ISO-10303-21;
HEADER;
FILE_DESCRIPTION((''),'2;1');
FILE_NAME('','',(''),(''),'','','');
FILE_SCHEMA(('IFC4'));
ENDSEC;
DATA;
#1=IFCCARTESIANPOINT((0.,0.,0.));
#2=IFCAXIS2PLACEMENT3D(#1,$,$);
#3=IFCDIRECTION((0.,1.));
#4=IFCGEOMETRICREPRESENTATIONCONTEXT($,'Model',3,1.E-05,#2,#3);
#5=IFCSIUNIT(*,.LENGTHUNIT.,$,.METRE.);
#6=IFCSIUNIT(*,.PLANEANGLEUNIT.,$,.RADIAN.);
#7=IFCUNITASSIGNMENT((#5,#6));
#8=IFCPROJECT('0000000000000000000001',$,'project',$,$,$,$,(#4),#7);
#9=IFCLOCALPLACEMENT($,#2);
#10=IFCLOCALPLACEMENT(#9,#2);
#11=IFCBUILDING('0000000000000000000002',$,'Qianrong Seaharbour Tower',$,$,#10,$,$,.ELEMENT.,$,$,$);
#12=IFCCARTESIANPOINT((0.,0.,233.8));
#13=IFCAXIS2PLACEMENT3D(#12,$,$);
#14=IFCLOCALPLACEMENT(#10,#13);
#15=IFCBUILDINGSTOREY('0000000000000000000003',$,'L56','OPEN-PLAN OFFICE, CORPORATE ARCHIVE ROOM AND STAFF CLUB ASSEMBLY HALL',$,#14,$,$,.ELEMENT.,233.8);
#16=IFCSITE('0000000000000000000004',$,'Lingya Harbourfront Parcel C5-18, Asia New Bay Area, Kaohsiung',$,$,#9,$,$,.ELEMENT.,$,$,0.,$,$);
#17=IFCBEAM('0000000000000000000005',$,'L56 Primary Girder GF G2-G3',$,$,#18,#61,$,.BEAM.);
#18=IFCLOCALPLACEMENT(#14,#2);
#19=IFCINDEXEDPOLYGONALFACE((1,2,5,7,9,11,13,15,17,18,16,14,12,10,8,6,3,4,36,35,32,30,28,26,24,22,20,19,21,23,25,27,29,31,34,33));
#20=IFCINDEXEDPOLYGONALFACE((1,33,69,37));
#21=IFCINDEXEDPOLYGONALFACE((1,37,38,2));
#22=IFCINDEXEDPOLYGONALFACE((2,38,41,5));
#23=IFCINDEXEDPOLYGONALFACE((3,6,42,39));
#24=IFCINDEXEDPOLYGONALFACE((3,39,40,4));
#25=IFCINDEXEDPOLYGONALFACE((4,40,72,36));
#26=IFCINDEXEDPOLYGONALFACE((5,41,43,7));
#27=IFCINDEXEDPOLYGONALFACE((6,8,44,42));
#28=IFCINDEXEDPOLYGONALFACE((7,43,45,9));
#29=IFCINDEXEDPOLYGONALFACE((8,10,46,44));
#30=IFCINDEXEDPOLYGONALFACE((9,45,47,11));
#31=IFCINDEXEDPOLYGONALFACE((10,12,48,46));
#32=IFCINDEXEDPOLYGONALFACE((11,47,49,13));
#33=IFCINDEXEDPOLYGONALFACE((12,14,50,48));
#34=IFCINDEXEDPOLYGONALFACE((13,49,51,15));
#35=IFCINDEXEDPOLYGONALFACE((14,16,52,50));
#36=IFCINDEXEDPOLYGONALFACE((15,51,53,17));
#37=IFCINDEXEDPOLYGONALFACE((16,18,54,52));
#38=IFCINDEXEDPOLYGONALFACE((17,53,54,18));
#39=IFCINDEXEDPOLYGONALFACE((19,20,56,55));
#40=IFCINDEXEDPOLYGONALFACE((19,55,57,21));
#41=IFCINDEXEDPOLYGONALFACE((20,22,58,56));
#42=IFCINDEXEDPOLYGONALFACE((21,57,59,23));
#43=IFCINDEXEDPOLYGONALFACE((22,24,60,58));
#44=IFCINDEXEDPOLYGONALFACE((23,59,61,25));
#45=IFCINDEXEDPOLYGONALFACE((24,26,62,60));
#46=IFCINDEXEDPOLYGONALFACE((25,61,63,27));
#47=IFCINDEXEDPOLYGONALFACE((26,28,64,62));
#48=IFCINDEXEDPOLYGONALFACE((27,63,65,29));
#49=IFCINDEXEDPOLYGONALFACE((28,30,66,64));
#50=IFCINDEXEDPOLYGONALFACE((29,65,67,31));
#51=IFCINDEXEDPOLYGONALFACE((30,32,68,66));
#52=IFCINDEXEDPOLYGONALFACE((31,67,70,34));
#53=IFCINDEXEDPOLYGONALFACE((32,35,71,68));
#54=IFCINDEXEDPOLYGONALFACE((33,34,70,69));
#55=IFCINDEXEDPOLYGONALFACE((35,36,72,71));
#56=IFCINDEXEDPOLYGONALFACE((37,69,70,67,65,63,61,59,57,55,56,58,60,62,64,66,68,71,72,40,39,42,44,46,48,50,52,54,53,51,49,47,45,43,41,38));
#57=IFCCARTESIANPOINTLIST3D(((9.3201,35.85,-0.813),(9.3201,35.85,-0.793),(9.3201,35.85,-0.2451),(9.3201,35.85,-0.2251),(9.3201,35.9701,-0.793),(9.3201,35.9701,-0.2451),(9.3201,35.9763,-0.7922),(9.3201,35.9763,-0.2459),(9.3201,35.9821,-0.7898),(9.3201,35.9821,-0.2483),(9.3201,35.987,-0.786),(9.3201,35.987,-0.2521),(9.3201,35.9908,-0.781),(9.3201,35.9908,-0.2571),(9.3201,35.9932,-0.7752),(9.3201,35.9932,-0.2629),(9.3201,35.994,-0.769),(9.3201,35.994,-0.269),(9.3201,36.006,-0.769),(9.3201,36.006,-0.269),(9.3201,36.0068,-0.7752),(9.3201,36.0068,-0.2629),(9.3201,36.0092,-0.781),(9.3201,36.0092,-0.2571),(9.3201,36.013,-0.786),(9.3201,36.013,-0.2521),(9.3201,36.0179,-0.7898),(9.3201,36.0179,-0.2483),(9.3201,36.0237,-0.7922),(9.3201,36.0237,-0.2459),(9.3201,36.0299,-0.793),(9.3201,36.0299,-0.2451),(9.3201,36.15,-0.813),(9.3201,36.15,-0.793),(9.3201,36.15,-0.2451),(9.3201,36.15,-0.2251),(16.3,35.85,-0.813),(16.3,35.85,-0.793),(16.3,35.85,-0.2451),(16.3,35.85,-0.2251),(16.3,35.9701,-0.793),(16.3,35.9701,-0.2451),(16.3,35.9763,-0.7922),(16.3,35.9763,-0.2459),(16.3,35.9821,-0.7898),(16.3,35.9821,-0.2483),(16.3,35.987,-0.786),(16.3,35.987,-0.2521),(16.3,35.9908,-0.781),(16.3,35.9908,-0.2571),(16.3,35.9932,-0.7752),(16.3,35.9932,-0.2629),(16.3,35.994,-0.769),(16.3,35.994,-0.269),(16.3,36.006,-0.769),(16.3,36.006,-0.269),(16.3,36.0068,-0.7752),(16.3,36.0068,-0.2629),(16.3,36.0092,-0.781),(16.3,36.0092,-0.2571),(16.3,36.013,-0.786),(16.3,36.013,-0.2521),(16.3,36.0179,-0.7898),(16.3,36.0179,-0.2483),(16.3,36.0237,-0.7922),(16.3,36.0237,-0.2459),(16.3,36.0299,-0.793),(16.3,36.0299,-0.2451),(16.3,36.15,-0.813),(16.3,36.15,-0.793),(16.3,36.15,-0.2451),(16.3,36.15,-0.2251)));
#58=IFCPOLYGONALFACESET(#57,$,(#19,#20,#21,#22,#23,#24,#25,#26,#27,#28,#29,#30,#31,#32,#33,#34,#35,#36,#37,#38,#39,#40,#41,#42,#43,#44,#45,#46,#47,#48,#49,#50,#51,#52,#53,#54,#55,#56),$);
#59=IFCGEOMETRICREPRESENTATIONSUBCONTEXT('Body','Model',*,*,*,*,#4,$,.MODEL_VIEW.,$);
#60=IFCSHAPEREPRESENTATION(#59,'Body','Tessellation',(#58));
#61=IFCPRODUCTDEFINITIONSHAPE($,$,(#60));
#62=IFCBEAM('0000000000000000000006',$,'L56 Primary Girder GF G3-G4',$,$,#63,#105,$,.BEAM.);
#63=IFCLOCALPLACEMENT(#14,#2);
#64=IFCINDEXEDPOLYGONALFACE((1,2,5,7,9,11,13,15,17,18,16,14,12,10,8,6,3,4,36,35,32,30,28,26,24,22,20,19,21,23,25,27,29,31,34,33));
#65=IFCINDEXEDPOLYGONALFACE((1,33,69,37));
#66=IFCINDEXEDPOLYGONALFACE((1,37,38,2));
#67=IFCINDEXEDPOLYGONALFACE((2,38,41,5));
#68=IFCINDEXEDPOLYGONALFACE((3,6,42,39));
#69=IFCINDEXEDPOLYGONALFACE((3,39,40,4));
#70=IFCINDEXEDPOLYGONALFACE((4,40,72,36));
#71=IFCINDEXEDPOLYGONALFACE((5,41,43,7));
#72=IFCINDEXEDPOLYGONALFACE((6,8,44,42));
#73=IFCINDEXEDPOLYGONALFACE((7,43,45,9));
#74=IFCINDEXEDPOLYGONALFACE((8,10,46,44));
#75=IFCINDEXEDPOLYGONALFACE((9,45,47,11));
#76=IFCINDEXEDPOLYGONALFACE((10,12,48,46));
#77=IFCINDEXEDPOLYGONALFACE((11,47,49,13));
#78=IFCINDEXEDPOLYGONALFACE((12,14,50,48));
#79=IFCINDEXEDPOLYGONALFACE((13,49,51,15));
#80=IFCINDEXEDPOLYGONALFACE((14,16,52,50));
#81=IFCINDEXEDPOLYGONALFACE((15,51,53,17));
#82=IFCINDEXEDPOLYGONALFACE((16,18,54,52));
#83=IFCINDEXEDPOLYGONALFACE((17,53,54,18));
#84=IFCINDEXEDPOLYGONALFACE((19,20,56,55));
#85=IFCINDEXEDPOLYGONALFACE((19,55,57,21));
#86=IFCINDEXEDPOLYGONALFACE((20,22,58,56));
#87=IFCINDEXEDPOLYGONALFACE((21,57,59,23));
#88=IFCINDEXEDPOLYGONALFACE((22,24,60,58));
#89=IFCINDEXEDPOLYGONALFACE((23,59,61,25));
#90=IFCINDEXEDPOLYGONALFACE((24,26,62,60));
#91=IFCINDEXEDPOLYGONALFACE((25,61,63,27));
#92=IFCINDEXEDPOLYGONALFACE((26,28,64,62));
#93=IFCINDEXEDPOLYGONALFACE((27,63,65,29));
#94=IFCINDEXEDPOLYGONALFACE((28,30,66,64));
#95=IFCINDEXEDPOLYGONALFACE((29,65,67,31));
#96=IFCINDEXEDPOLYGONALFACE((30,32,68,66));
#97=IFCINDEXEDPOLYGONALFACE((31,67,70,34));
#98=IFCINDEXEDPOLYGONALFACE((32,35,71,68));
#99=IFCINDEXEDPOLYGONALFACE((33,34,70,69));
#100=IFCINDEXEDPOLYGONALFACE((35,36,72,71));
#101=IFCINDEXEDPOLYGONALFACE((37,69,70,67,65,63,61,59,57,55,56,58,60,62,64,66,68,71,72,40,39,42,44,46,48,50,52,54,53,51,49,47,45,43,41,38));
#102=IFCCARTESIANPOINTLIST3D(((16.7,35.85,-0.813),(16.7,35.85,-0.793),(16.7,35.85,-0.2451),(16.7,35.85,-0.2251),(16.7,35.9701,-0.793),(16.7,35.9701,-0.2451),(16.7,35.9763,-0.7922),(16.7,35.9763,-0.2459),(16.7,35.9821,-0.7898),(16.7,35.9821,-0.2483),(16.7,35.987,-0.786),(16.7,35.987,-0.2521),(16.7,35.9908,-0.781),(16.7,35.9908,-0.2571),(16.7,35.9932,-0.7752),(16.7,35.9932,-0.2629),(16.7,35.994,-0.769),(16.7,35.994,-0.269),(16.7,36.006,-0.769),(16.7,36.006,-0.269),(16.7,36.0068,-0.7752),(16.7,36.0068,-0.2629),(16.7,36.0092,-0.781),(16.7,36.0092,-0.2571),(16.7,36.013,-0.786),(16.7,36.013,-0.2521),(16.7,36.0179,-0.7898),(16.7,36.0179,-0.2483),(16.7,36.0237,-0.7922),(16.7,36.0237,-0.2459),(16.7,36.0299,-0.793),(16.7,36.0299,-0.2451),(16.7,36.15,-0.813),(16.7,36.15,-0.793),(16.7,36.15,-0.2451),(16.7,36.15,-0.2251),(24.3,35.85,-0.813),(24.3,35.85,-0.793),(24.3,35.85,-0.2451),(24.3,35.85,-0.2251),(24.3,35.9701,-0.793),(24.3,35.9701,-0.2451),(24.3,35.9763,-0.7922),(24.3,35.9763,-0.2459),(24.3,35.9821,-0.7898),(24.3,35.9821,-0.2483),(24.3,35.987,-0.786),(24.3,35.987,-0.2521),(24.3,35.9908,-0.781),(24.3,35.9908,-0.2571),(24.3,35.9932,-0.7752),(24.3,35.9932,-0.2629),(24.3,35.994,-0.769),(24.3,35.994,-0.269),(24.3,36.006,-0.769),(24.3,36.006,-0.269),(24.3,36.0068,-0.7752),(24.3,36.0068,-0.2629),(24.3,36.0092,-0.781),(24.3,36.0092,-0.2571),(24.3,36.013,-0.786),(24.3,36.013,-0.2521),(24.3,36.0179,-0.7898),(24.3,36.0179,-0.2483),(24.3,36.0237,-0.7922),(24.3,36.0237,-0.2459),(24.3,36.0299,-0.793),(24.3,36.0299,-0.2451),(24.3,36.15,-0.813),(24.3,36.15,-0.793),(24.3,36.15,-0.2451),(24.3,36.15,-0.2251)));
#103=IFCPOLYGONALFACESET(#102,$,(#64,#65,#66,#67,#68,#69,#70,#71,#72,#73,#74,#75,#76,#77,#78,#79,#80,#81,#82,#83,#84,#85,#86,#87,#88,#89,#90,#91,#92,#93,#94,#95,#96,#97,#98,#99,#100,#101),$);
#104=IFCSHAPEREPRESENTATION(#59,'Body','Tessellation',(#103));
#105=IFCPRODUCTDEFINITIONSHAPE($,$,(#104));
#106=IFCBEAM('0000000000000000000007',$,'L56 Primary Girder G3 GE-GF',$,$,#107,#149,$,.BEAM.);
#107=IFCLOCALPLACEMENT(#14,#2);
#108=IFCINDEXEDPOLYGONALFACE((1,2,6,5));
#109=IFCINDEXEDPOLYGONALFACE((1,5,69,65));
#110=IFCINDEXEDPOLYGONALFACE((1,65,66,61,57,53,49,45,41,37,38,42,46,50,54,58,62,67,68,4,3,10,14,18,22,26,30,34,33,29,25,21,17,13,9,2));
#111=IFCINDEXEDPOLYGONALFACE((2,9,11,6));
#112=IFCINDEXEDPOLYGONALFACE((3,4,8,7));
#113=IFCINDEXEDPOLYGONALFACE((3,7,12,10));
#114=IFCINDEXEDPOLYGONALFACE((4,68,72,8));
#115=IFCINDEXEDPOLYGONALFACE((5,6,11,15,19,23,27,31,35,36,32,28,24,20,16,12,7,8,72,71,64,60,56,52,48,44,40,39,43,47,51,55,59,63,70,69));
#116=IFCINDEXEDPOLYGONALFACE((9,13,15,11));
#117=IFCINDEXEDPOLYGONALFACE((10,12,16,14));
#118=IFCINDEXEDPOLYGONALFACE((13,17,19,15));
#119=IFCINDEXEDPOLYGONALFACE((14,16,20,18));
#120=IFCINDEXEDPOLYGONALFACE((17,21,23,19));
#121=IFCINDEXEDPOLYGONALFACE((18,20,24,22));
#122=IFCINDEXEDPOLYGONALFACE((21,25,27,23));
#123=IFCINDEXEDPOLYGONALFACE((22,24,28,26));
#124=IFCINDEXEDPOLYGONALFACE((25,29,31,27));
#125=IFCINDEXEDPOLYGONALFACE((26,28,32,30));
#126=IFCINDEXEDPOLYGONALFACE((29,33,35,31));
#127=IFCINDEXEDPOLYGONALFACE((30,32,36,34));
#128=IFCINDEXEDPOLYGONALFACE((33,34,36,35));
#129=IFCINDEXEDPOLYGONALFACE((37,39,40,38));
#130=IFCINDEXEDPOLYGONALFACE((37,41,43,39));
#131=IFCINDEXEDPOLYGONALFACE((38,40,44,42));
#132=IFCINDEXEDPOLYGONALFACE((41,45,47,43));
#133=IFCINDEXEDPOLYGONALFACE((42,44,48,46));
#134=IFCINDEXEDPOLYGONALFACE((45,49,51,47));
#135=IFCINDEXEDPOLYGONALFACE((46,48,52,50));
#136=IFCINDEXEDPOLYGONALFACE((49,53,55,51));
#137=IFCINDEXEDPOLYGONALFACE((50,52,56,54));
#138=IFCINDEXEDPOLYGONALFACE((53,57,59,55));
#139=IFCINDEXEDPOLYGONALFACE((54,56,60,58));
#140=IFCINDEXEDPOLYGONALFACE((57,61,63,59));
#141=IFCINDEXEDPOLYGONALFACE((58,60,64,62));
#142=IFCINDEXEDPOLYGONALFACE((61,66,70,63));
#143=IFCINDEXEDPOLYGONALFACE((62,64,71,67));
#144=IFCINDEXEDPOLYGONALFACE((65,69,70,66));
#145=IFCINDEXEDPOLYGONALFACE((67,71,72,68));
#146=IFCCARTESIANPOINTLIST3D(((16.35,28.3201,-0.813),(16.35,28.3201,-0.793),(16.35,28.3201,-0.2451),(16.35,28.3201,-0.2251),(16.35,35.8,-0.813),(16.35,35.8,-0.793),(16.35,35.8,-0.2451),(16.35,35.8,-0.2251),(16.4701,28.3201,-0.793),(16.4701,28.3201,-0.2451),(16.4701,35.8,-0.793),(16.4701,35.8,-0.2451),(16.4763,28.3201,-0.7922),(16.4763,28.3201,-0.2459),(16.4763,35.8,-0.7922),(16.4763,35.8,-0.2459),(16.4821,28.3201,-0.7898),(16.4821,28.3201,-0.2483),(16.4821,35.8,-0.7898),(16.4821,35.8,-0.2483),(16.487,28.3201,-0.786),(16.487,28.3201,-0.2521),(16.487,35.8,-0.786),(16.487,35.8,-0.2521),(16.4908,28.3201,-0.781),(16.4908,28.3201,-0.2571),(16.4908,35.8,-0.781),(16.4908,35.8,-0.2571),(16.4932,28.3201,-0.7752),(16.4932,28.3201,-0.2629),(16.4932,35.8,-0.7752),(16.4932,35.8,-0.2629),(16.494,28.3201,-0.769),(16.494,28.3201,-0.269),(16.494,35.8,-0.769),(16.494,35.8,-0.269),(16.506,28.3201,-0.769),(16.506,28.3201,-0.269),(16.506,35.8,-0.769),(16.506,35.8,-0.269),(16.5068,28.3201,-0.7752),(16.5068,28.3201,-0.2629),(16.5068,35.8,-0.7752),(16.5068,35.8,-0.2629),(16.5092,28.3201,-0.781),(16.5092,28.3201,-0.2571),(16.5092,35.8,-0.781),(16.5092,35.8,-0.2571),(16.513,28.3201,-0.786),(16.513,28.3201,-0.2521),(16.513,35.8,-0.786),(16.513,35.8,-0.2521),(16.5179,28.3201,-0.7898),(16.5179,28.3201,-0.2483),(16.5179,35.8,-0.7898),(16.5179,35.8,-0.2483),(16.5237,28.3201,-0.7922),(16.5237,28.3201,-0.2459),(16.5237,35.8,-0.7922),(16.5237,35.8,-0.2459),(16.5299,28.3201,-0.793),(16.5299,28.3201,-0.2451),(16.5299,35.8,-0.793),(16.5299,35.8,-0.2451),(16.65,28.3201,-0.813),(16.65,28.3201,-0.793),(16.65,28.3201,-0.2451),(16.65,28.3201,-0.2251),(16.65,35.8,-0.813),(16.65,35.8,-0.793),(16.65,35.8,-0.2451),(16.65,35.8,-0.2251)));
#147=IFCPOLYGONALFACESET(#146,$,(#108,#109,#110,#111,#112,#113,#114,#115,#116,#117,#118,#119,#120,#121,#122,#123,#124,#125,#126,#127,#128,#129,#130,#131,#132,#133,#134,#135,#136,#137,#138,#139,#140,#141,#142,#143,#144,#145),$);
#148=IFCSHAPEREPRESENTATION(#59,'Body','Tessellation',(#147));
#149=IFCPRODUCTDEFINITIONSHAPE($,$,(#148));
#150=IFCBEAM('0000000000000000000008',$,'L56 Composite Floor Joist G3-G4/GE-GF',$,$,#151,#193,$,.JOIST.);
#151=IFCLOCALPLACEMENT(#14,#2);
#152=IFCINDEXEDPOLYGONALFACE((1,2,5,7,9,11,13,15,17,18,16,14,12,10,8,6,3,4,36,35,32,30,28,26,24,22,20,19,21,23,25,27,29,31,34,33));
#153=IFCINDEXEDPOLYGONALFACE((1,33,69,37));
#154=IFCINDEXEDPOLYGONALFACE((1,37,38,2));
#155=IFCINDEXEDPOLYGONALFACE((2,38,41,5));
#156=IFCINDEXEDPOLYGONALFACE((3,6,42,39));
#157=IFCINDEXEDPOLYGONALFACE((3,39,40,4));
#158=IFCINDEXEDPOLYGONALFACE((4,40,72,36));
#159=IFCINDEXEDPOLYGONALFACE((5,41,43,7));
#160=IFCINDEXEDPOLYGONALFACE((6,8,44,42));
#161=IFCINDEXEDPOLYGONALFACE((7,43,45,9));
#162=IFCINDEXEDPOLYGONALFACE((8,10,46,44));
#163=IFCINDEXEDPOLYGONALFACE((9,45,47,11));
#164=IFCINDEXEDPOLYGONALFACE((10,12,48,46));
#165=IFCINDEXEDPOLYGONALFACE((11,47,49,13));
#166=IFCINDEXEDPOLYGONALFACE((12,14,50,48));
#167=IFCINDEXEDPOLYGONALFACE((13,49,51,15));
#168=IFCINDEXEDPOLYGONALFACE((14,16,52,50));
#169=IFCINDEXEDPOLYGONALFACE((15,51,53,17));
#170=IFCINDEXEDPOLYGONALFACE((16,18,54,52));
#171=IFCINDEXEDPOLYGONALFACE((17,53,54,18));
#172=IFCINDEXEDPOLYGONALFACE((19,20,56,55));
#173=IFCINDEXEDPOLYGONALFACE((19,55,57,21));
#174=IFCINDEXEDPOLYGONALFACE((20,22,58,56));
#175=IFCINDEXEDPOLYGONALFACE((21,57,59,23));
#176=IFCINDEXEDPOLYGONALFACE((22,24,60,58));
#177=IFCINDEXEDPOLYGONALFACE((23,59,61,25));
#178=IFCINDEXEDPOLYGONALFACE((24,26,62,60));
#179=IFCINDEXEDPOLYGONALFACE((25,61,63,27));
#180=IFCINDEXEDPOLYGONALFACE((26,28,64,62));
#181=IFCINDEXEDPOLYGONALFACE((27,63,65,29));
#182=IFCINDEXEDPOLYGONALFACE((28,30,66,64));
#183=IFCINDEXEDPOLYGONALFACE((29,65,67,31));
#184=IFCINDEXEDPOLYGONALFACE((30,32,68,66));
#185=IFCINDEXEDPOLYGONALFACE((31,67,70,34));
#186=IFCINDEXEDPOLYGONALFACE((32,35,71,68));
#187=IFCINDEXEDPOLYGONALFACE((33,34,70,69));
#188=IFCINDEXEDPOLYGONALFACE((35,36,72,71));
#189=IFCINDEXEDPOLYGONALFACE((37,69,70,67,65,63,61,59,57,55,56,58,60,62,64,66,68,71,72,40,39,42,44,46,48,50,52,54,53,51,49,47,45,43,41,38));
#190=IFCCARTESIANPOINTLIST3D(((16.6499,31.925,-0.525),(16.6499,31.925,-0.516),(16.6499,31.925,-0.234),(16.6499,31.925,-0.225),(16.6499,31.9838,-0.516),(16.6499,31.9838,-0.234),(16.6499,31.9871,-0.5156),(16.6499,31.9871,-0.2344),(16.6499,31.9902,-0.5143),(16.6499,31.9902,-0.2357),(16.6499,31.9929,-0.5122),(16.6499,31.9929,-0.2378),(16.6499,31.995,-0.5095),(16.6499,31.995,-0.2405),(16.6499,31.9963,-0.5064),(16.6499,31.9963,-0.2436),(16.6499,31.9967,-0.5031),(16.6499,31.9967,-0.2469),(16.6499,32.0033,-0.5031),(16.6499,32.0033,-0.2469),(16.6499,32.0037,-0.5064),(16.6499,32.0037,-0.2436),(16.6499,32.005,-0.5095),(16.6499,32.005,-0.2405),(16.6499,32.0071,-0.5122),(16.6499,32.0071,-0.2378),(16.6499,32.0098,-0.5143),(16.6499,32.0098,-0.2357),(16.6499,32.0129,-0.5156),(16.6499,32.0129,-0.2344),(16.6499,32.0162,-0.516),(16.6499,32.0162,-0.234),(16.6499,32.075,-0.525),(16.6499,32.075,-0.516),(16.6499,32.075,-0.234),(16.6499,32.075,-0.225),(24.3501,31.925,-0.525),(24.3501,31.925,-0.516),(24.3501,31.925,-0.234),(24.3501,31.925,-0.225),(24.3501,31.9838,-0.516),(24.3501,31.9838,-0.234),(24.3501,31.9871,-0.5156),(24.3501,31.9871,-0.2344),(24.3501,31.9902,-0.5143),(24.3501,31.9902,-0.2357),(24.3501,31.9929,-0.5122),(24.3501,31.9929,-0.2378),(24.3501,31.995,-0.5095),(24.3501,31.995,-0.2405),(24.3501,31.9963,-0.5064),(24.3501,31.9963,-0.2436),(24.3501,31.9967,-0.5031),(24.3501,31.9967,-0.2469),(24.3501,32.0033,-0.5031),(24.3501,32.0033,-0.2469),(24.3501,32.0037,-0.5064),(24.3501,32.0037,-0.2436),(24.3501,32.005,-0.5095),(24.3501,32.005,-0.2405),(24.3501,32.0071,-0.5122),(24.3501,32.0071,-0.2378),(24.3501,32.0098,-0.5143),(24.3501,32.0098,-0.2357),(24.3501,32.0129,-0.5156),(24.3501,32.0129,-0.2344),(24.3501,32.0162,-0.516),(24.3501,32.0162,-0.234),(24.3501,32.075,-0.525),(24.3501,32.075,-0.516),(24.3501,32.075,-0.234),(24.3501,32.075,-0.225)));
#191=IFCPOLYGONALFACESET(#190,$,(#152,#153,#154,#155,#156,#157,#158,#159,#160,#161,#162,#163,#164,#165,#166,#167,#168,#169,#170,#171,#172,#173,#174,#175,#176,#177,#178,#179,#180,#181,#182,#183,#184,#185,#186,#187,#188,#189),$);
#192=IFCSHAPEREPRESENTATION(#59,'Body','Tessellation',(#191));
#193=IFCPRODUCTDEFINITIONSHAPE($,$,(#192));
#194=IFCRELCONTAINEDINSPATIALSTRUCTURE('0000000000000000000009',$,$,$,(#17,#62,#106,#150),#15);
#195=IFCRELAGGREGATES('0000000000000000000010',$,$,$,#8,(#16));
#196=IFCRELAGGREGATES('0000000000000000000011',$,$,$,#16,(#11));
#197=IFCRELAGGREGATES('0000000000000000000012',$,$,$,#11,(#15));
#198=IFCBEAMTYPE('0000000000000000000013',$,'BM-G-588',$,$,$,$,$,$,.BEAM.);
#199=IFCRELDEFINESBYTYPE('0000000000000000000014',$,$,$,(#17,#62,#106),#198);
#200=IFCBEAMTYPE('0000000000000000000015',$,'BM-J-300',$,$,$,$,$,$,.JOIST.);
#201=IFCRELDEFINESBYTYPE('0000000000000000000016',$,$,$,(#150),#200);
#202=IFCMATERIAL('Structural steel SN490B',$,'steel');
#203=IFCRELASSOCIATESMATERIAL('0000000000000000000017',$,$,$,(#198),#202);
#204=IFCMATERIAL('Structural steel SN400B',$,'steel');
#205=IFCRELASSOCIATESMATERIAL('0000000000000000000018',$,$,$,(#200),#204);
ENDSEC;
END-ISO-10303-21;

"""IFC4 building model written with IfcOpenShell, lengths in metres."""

from ifc_helpers import new_model, si_unit, direction, frame, origin, origin_2d, place, context, subcontext, project, spatial, i_section, extrude, material, material_profile, profile_set, type_object, element, save


model = new_model("IFC4")

# Units and contexts
model_context = context("Model", 3, precision=1e-05, world=origin(), true_north=direction((0.0, 1.0)))
body_context = subcontext(model_context, "Body", "Model", "MODEL_VIEW")
ifc_project = project(units=[si_unit("LENGTHUNIT", "METRE"), si_unit("PLANEANGLEUNIT", "RADIAN")], contexts=[model_context])

# Site, building, storey
site_placement = place(None, origin())
site = spatial("IfcSite", under=ifc_project, at=site_placement, Name="Lingya Harbourfront Parcel C5-18, Asia New Bay Area, Kaohsiung", CompositionType="ELEMENT", RefElevation=0.0)
building_placement = place(site_placement, origin())
building = spatial("IfcBuilding", under=site, at=building_placement, Name="Qianrong Seaharbour Tower", CompositionType="ELEMENT")
storey_placement = place(building_placement, frame((0.0, 0.0, 233.8)))
storey = spatial("IfcBuildingStorey", under=building, at=storey_placement, Name="L56", Description="OPEN-PLAN OFFICE, CORPORATE ARCHIVE ROOM AND STAFF CLUB ASSEMBLY HALL", CompositionType="ELEMENT", Elevation=233.8)

# Shared definitions
ifc_material_1 = material(Name="Structural steel SN490B", Category="steel")

# Beams
ifc_material_profile_1 = material_profile(ifc_material_1, i_section(OverallWidth=0.3, OverallDepth=0.5879, WebThickness=0.012, FlangeThickness=0.02, FilletRadius=0.0239, at=origin_2d()), Name="H588x300x12x20")
ifc_profile_set_1 = profile_set([ifc_material_profile_1], Name="Structural steel SN490B")
beam_type_1 = type_object("IfcBeamType", Name="BM-G-588", PredefinedType="BEAM", material=ifc_profile_set_1)
beam_1_placement = place(storey_placement, frame((9.3201, 36.0, -0.519), z_axis=(1.0, 0.0, 0.0), x_axis=(0.0, 1.0, 0.0)))
element("IfcBeam", 1, at=beam_1_placement, inside=storey, type_object=beam_type_1, Name="L56 Primary Girder GF G2-G3", PredefinedType="BEAM", context=body_context, shape_type="SweptSolid", body=[
    extrude(i_section(OverallWidth=0.3, OverallDepth=0.5879, WebThickness=0.012, FlangeThickness=0.02, FilletRadius=0.0239, at=origin_2d()), origin(), (0.0, 0.0, 1.0), 6.98),
])
beam_2_placement = place(storey_placement, frame((16.7, 36.0, -0.519), z_axis=(1.0, 0.0, 0.0), x_axis=(0.0, 1.0, 0.0)))
element("IfcBeam", 2, at=beam_2_placement, inside=storey, type_object=beam_type_1, Name="L56 Primary Girder GF G3-G4", PredefinedType="BEAM", context=body_context, shape_type="SweptSolid", body=[
    extrude(i_section(OverallWidth=0.3, OverallDepth=0.5879, WebThickness=0.012, FlangeThickness=0.02, FilletRadius=0.0239, at=origin_2d()), origin(), (0.0, 0.0, 1.0), 7.6001),
])
beam_3_placement = place(storey_placement, frame((16.5, 28.3201, -0.519), z_axis=(0.0, 1.0, 0.0), x_axis=(-1.0, 0.0, 0.0)))
element("IfcBeam", 3, at=beam_3_placement, inside=storey, type_object=beam_type_1, Name="L56 Primary Girder G3 GE-GF", PredefinedType="BEAM", context=body_context, shape_type="SweptSolid", body=[
    extrude(i_section(OverallWidth=0.3, OverallDepth=0.5879, WebThickness=0.012, FlangeThickness=0.02, FilletRadius=0.0239, at=origin_2d()), origin(), (0.0, 0.0, 1.0), 7.48),
])
ifc_material_2 = material(Name="Structural steel SN400B", Category="steel")
ifc_material_profile_2 = material_profile(ifc_material_2, i_section(OverallWidth=0.1499, OverallDepth=0.3, WebThickness=0.0066, FlangeThickness=0.009, FilletRadius=0.0129, at=origin_2d()), Name="H300x150x6.5x9")
ifc_profile_set_2 = profile_set([ifc_material_profile_2], Name="Structural steel SN400B")
beam_type_2 = type_object("IfcBeamType", Name="BM-J-300", PredefinedType="JOIST", material=ifc_profile_set_2)
beam_4_placement = place(storey_placement, frame((16.6499, 32.0, -0.375), z_axis=(1.0, 0.0, 0.0), x_axis=(0.0, 1.0, 0.0)))
element("IfcBeam", 4, at=beam_4_placement, inside=storey, type_object=beam_type_2, Name="L56 Composite Floor Joist G3-G4/GE-GF", PredefinedType="JOIST", context=body_context, shape_type="SweptSolid", body=[
    extrude(i_section(OverallWidth=0.1499, OverallDepth=0.3, WebThickness=0.0066, FlangeThickness=0.009, FilletRadius=0.0129, at=origin_2d()), origin(), (0.0, 0.0, 1.0), 7.7002),
])

save(model, "model.ifc")
